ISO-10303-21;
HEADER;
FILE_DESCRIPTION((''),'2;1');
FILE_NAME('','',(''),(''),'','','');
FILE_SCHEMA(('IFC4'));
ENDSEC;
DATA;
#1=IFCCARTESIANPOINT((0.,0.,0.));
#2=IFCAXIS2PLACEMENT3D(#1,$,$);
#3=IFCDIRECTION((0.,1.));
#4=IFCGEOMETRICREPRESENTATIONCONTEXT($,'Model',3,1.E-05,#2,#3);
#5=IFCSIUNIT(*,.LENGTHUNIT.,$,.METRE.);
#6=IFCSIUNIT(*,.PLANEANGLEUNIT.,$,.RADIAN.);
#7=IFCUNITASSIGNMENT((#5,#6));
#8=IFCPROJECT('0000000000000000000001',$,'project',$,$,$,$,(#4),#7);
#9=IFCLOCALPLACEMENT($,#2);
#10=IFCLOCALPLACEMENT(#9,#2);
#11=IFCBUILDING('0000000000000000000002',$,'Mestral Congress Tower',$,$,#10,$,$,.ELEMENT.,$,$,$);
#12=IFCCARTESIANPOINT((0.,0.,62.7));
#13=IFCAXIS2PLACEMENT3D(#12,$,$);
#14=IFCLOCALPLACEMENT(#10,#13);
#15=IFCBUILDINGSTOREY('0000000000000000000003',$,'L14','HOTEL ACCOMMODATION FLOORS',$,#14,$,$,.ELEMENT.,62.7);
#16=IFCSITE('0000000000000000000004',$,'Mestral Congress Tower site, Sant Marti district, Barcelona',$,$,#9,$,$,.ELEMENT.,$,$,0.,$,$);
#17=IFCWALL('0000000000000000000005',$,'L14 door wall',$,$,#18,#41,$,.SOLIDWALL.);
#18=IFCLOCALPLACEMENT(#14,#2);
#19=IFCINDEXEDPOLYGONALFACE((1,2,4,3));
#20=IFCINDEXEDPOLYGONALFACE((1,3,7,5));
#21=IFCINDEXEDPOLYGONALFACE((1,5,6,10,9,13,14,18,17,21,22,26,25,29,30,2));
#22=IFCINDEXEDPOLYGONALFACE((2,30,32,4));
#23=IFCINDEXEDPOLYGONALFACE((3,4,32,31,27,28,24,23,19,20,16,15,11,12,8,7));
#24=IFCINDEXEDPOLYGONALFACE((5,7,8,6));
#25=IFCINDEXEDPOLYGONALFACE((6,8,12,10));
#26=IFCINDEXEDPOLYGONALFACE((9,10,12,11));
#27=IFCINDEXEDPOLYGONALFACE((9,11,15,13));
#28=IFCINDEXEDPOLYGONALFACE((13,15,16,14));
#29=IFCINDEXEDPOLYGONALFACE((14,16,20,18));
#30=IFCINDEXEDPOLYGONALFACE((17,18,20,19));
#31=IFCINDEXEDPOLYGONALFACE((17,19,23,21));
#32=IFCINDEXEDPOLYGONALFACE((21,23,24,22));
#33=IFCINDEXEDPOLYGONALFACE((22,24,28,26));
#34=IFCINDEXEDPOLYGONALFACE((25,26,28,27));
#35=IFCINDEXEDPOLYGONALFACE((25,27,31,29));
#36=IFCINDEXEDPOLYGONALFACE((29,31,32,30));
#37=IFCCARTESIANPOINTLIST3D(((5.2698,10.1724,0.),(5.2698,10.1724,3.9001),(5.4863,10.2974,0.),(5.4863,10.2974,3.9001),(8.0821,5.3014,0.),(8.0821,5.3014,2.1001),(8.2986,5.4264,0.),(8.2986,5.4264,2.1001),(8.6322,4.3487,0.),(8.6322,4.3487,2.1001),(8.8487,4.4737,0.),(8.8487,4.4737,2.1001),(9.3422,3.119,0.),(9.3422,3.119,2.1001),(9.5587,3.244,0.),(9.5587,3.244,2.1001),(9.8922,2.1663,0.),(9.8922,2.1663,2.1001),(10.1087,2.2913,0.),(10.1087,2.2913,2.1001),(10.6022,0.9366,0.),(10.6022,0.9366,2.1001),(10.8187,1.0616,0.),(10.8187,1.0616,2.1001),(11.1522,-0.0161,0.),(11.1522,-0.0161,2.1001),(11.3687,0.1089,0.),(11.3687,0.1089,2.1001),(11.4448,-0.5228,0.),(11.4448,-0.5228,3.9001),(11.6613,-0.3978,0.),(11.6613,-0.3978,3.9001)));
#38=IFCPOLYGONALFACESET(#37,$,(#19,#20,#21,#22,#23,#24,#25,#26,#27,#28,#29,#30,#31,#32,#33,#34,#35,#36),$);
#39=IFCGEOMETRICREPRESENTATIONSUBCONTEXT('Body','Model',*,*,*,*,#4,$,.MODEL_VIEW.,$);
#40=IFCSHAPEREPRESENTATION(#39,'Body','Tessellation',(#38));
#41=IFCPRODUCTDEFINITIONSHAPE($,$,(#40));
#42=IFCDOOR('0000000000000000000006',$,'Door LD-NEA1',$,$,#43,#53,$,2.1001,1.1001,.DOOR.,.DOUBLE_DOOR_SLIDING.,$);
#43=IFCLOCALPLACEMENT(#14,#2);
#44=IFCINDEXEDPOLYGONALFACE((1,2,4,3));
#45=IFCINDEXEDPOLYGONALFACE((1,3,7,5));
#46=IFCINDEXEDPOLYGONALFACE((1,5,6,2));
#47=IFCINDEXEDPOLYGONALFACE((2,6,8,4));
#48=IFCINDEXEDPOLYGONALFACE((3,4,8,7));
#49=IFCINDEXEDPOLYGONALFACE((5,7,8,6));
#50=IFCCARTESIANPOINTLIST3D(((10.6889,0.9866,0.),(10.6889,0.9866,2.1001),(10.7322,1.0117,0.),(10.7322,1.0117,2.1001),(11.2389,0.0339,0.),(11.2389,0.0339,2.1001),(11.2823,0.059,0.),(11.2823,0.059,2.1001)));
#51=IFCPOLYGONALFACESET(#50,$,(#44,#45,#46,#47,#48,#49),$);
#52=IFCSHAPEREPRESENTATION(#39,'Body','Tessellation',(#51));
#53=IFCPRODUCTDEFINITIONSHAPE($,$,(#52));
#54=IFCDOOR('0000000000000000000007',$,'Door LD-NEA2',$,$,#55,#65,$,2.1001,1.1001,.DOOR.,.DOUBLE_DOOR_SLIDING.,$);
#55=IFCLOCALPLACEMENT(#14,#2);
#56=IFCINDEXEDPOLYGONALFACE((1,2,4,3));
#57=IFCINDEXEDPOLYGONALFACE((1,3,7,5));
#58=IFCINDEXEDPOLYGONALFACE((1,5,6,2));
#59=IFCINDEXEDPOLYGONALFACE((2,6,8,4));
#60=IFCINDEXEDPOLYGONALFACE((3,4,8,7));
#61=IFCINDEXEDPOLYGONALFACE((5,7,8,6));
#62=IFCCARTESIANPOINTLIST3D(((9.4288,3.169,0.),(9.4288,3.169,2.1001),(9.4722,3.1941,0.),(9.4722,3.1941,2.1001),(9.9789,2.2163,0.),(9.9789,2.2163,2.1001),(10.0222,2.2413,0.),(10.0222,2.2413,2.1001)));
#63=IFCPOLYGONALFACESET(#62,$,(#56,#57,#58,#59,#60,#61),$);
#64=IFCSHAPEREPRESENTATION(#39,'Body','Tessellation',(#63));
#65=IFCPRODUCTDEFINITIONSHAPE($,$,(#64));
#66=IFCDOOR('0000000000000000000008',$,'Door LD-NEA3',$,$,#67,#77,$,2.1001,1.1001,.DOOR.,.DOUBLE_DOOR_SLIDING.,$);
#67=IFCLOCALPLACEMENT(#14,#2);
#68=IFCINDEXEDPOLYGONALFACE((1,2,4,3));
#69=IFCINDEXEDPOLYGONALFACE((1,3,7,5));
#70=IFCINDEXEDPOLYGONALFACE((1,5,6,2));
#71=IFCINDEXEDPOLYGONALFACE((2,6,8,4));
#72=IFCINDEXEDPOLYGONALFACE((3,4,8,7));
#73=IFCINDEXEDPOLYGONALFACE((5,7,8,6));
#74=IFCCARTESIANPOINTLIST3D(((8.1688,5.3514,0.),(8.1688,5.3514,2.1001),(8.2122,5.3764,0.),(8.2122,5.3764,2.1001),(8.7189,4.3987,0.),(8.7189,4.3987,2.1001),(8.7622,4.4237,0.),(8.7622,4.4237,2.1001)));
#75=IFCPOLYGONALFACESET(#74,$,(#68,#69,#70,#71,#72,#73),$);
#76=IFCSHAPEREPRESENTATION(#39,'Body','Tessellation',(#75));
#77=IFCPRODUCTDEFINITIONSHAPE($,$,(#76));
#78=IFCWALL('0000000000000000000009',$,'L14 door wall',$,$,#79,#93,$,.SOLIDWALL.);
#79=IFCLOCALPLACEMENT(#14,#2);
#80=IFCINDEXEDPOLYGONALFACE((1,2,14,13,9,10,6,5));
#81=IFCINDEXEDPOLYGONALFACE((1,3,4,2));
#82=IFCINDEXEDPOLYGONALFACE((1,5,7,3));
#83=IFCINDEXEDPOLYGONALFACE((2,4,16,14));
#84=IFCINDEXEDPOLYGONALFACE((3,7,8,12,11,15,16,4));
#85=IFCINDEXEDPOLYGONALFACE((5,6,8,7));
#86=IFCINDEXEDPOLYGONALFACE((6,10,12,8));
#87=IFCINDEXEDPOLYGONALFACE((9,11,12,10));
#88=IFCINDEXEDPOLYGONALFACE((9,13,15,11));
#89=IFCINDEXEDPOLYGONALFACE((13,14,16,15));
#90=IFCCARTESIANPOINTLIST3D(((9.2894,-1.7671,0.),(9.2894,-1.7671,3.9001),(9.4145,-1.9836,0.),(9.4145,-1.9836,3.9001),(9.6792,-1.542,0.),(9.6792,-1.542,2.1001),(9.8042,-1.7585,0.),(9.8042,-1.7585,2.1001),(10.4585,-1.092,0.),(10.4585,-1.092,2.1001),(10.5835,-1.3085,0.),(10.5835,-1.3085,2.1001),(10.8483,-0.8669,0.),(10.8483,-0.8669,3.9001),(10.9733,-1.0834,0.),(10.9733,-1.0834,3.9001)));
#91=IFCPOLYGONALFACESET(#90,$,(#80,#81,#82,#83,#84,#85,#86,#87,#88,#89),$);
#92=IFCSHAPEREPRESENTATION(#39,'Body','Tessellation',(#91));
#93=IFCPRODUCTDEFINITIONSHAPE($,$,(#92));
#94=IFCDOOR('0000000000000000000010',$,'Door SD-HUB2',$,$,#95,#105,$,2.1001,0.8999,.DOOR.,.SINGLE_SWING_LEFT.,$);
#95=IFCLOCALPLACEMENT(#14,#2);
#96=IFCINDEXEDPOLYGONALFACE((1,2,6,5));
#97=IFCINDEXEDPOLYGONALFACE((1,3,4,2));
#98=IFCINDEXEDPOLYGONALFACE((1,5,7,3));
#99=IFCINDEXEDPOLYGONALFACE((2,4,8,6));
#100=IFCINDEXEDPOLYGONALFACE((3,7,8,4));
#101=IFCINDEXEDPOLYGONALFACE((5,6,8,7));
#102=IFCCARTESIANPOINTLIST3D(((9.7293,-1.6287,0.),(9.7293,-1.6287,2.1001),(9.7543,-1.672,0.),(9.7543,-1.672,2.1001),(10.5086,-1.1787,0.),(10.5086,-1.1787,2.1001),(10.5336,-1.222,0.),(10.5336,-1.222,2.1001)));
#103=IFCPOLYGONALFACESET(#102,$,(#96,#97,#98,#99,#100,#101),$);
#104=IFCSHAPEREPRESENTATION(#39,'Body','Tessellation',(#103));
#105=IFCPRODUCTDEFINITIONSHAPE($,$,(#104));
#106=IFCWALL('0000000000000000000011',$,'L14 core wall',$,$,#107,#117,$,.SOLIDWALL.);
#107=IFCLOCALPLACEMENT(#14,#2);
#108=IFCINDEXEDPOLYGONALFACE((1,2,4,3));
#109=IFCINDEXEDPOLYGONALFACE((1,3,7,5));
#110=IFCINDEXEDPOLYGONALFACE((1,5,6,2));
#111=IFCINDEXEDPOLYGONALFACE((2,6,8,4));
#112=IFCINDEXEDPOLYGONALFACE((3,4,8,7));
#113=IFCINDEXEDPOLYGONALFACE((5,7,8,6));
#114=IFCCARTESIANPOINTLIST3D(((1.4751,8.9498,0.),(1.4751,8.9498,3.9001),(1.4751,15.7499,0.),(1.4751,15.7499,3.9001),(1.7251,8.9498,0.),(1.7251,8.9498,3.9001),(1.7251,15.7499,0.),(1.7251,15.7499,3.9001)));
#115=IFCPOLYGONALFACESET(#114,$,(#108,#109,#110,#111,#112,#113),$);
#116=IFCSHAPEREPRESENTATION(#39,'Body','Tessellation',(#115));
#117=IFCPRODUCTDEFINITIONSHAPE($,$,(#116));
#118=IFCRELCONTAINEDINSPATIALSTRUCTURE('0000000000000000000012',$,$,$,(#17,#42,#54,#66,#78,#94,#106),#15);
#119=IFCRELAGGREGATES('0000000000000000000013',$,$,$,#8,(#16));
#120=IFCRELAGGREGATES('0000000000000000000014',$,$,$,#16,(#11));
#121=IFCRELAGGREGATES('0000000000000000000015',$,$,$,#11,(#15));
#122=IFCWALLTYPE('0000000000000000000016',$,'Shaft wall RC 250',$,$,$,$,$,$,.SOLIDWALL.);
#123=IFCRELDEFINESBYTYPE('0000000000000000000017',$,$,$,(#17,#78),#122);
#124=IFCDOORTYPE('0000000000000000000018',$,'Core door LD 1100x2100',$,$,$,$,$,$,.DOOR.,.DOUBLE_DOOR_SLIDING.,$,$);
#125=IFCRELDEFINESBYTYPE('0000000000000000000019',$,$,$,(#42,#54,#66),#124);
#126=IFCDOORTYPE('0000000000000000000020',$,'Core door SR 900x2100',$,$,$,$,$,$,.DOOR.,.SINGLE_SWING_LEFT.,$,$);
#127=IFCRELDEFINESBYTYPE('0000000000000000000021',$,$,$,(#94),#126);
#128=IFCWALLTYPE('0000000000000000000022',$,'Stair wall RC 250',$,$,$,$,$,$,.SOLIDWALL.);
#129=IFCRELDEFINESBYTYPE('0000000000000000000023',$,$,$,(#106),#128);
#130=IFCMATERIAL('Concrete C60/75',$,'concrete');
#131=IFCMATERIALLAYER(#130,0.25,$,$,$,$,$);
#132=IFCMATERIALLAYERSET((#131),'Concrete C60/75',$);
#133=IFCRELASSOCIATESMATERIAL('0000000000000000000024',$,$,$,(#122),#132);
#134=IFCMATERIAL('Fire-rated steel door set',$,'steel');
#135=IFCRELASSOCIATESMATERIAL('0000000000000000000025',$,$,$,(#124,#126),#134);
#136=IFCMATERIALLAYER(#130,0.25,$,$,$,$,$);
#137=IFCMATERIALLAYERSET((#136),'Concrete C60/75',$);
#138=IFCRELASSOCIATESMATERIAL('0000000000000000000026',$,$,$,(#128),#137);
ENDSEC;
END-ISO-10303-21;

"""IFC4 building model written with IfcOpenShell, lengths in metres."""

from ifc_helpers import new_model, si_unit, direction, frame, frame_2d, origin, place, context, subcontext, project, spatial, rectangle, extrude, material, layer, layer_set, type_object, element, fill, save


model = new_model("IFC4")

# Units and contexts
model_context = context("Model", 3, precision=1e-05, world=origin(), true_north=direction((0.0, 1.0)))
body_context = subcontext(model_context, "Body", "Model", "MODEL_VIEW")
ifc_project = project(units=[si_unit("LENGTHUNIT", "METRE"), si_unit("PLANEANGLEUNIT", "RADIAN")], contexts=[model_context])

# Site, building, storey
site_placement = place(None, origin())
site = spatial("IfcSite", under=ifc_project, at=site_placement, Name="Mestral Congress Tower site, Sant Marti district, Barcelona", CompositionType="ELEMENT", RefElevation=0.0)
building_placement = place(site_placement, origin())
building = spatial("IfcBuilding", under=site, at=building_placement, Name="Mestral Congress Tower", CompositionType="ELEMENT")
storey_placement = place(building_placement, frame((0.0, 0.0, 62.7)))
storey = spatial("IfcBuildingStorey", under=building, at=storey_placement, Name="L14", Description="HOTEL ACCOMMODATION FLOORS", CompositionType="ELEMENT", Elevation=62.7)

# Shared definitions
ifc_material_1 = material(Name="Fire-rated steel door set", Category="steel")

# Shared definitions
ifc_material_2 = material(Name="Concrete C60/75", Category="concrete")
ifc_layer_1 = layer(ifc_material_2, 0.25)
ifc_layer_set_1 = layer_set([ifc_layer_1], Name="Concrete C60/75")
wall_type_1 = type_object("IfcWallType", Name="Shaft wall RC 250", PredefinedType="SOLIDWALL", material=ifc_layer_set_1)

# Wall, openings, doors
wall_1_placement = place(storey_placement, frame((11.553, -0.4602, 0.0), z_axis=(0.0, 0.0, 1.0), x_axis=(-0.500007, 0.866022, 0.0)))
wall_1 = element("IfcWall", 1, at=wall_1_placement, inside=storey, type_object=wall_type_1, Name="L14 door wall", PredefinedType="SOLIDWALL", context=body_context, shape_type="SweptSolid", body=[
    extrude(rectangle(XDim=12.3499, YDim=0.25, at=frame_2d((6.1748, 0.0))), origin(), (0.0, 0.0, 1.0), 3.9001),
])
opening_1_placement = place(wall_1_placement, frame((0.585, 0.0, 0.0)))
opening_1 = element("IfcOpeningElement", 2, at=opening_1_placement, cuts=wall_1, PredefinedType="OPENING", context=body_context, shape_type="SweptSolid", body=[
    extrude(rectangle(XDim=1.1001, YDim=2.1001, at=frame_2d((0.55, 1.05))), frame((0.0, 0.135, 0.0), z_axis=(0.0, -1.0, 0.0), x_axis=(1.0, 0.0, 0.0)), (0.0, 0.0, 1.0), 0.27),
])
opening_2_placement = place(wall_1_placement, frame((3.105, 0.0, 0.0)))
opening_2 = element("IfcOpeningElement", 3, at=opening_2_placement, cuts=wall_1, PredefinedType="OPENING", context=body_context, shape_type="SweptSolid", body=[
    extrude(rectangle(XDim=1.1001, YDim=2.1001, at=frame_2d((0.55, 1.05))), frame((0.0, 0.135, 0.0), z_axis=(0.0, -1.0, 0.0), x_axis=(1.0, 0.0, 0.0)), (0.0, 0.0, 1.0), 0.27),
])
opening_3_placement = place(wall_1_placement, frame((5.625, 0.0, 0.0)))
opening_3 = element("IfcOpeningElement", 4, at=opening_3_placement, cuts=wall_1, PredefinedType="OPENING", context=body_context, shape_type="SweptSolid", body=[
    extrude(rectangle(XDim=1.1001, YDim=2.1001, at=frame_2d((0.55, 1.05))), frame((0.0, 0.135, 0.0), z_axis=(0.0, -1.0, 0.0), x_axis=(1.0, 0.0, 0.0)), (0.0, 0.0, 1.0), 0.27),
])
door_type_1 = type_object("IfcDoorType", Name="Core door LD 1100x2100", OperationType="DOUBLE_DOOR_SLIDING", PredefinedType="DOOR", material=ifc_material_1)
door_1_placement = place(opening_1_placement, origin())
door_1 = element("IfcDoor", 5, at=door_1_placement, inside=storey, type_object=door_type_1, Name="Door LD-NEA1", OperationType="DOUBLE_DOOR_SLIDING", OverallHeight=2.1001, OverallWidth=1.1001, PredefinedType="DOOR", context=body_context, shape_type="SweptSolid", body=[
    extrude(rectangle(XDim=1.1001, YDim=2.1001, at=frame_2d((0.55, 1.05))), frame((0.0, 0.0249, 0.0), z_axis=(0.0, -1.0, 0.0), x_axis=(1.0, 0.0, 0.0)), (0.0, 0.0, 1.0), 0.05),
])
fill(opening_1, door_1)
door_2_placement = place(opening_2_placement, origin())
door_2 = element("IfcDoor", 6, at=door_2_placement, inside=storey, type_object=door_type_1, Name="Door LD-NEA2", OperationType="DOUBLE_DOOR_SLIDING", OverallHeight=2.1001, OverallWidth=1.1001, PredefinedType="DOOR", context=body_context, shape_type="SweptSolid", body=[
    extrude(rectangle(XDim=1.1001, YDim=2.1001, at=frame_2d((0.55, 1.05))), frame((0.0, 0.0249, 0.0), z_axis=(0.0, -1.0, 0.0), x_axis=(1.0, 0.0, 0.0)), (0.0, 0.0, 1.0), 0.05),
])
fill(opening_2, door_2)
door_3_placement = place(opening_3_placement, origin())
door_3 = element("IfcDoor", 7, at=door_3_placement, inside=storey, type_object=door_type_1, Name="Door LD-NEA3", OperationType="DOUBLE_DOOR_SLIDING", OverallHeight=2.1001, OverallWidth=1.1001, PredefinedType="DOOR", context=body_context, shape_type="SweptSolid", body=[
    extrude(rectangle(XDim=1.1001, YDim=2.1001, at=frame_2d((0.55, 1.05))), frame((0.0, 0.0249, 0.0), z_axis=(0.0, -1.0, 0.0), x_axis=(1.0, 0.0, 0.0)), (0.0, 0.0, 1.0), 0.05),
])
fill(opening_3, door_3)

# Wall, opening, door
wall_2_placement = place(storey_placement, frame((9.3521, -1.8752, 0.0), z_axis=(0.0, 0.0, 1.0), x_axis=(0.865989, 0.500063, 0.0)))
wall_2 = element("IfcWall", 8, at=wall_2_placement, inside=storey, type_object=wall_type_1, Name="L14 door wall", PredefinedType="SOLIDWALL", context=body_context, shape_type="SweptSolid", body=[
    extrude(rectangle(XDim=1.8, YDim=0.25, at=frame_2d((0.8999, 0.0))), origin(), (0.0, 0.0, 1.0), 3.9001),
])
opening_4_placement = place(wall_2_placement, frame((0.45, 0.0, 0.0)))
opening_4 = element("IfcOpeningElement", 9, at=opening_4_placement, cuts=wall_2, PredefinedType="OPENING", context=body_context, shape_type="SweptSolid", body=[
    extrude(rectangle(XDim=0.8999, YDim=2.1001, at=frame_2d((0.45, 1.05))), frame((0.0, 0.135, 0.0), z_axis=(0.0, -1.0, 0.0), x_axis=(1.0, 0.0, 0.0)), (0.0, 0.0, 1.0), 0.27),
])
door_type_2 = type_object("IfcDoorType", Name="Core door SR 900x2100", OperationType="SINGLE_SWING_LEFT", PredefinedType="DOOR", material=ifc_material_1)
door_4_placement = place(opening_4_placement, origin())
door_4 = element("IfcDoor", 10, at=door_4_placement, inside=storey, type_object=door_type_2, Name="Door SD-HUB2", OperationType="SINGLE_SWING_LEFT", OverallHeight=2.1001, OverallWidth=0.8999, PredefinedType="DOOR", context=body_context, shape_type="SweptSolid", body=[
    extrude(rectangle(XDim=0.8999, YDim=2.1001, at=frame_2d((0.45, 1.05))), frame((0.0, 0.0249, 0.0), z_axis=(0.0, -1.0, 0.0), x_axis=(1.0, 0.0, 0.0)), (0.0, 0.0, 1.0), 0.05),
])
fill(opening_4, door_4)

# Wall
ifc_layer_2 = layer(ifc_material_2, 0.25)
ifc_layer_set_2 = layer_set([ifc_layer_2], Name="Concrete C60/75")
wall_type_2 = type_object("IfcWallType", Name="Stair wall RC 250", PredefinedType="SOLIDWALL", material=ifc_layer_set_2)
wall_3_placement = place(storey_placement, frame((1.6001, 8.95, 0.0), z_axis=(0.0, 0.0, 1.0), x_axis=(0.0, 1.0, 0.0)))
element("IfcWall", 11, at=wall_3_placement, inside=storey, type_object=wall_type_2, Name="L14 core wall", PredefinedType="SOLIDWALL", context=body_context, shape_type="SweptSolid", body=[
    extrude(rectangle(XDim=6.8, YDim=0.25, at=frame_2d((3.3999, 0.0))), origin(), (0.0, 0.0, 1.0), 3.9001),
])

save(model, "model.ifc")
